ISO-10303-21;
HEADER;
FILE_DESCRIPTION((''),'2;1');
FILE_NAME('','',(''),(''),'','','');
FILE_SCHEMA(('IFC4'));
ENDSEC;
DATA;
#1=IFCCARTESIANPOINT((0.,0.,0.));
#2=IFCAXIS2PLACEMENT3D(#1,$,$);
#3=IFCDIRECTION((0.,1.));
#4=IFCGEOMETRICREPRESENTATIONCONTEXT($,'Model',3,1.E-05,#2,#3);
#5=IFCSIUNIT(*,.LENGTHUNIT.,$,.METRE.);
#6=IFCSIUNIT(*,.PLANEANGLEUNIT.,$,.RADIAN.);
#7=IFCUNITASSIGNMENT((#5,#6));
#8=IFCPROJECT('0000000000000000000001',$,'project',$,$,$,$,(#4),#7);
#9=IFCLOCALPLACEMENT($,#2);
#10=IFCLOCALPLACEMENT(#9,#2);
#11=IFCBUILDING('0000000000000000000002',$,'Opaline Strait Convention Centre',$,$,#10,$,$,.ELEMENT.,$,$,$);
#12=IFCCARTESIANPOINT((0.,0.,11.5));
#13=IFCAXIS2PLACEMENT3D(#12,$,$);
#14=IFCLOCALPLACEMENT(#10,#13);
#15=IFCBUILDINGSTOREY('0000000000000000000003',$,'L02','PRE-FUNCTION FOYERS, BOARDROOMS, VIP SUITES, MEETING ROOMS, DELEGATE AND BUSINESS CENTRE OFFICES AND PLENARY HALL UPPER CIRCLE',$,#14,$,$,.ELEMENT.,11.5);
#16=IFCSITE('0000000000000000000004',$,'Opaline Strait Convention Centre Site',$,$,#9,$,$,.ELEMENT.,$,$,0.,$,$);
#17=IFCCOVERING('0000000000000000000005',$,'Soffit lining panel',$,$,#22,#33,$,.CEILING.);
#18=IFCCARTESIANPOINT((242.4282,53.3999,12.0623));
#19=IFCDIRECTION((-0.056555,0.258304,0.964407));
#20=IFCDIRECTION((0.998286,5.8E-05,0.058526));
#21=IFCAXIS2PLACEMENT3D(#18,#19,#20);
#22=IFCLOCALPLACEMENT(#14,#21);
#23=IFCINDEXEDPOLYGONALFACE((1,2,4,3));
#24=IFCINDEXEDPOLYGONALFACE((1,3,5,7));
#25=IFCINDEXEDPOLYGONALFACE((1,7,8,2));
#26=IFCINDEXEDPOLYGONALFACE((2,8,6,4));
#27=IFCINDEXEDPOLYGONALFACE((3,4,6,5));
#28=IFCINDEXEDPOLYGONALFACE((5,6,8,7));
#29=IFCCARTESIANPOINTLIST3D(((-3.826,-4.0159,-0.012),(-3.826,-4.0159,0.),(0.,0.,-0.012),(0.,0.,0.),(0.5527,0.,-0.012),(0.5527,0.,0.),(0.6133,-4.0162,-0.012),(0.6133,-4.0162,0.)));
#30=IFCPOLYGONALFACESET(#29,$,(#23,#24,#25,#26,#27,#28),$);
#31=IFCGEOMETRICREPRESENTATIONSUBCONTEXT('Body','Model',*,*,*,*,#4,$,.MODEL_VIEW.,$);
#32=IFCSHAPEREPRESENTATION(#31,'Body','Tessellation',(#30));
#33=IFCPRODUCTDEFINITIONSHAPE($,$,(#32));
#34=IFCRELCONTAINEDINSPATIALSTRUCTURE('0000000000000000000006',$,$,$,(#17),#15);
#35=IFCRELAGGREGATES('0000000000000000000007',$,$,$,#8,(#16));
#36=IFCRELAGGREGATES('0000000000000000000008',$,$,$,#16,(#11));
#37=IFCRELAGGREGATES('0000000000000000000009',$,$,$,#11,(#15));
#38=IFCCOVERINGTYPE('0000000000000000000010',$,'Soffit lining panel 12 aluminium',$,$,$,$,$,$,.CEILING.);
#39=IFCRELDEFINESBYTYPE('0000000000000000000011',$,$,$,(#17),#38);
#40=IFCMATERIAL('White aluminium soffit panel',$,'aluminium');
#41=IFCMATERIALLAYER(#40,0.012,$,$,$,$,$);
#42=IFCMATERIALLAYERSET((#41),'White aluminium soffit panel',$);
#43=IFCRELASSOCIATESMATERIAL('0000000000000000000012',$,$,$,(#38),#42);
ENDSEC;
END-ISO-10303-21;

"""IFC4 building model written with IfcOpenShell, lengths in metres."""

from ifc_helpers import new_model, si_unit, direction, frame, origin, place, context, subcontext, project, spatial, polyline, outline, extrude, material, layer, layer_set, type_object, element, save


model = new_model("IFC4")

# Units and contexts
model_context = context("Model", 3, precision=1e-05, world=origin(), true_north=direction((0.0, 1.0)))
body_context = subcontext(model_context, "Body", "Model", "MODEL_VIEW")
ifc_project = project(units=[si_unit("LENGTHUNIT", "METRE"), si_unit("PLANEANGLEUNIT", "RADIAN")], contexts=[model_context])

# Site, building, storey
site_placement = place(None, origin())
site = spatial("IfcSite", under=ifc_project, at=site_placement, Name="Opaline Strait Convention Centre Site", CompositionType="ELEMENT", RefElevation=0.0)
building_placement = place(site_placement, origin())
building = spatial("IfcBuilding", under=site, at=building_placement, Name="Opaline Strait Convention Centre", CompositionType="ELEMENT")
storey_placement = place(building_placement, frame((0.0, 0.0, 11.5)))
storey = spatial("IfcBuildingStorey", under=building, at=storey_placement, Name="L02", Description="PRE-FUNCTION FOYERS, BOARDROOMS, VIP SUITES, MEETING ROOMS, DELEGATE AND BUSINESS CENTRE OFFICES AND PLENARY HALL UPPER CIRCLE", CompositionType="ELEMENT", Elevation=11.5)

# Covering
ifc_material_1 = material(Name="White aluminium soffit panel", Category="aluminium")
ifc_layer = layer(ifc_material_1, 0.012)
ifc_layer_set = layer_set([ifc_layer], Name="White aluminium soffit panel")
covering_type_1 = type_object("IfcCoveringType", Name="Soffit lining panel 12 aluminium", PredefinedType="CEILING", material=ifc_layer_set)
covering_1_placement = place(storey_placement, frame((242.4282, 53.3999, 12.0623), z_axis=(-0.056555, 0.258304, 0.964407), x_axis=(0.998286, 0.000058, 0.058526)))
element("IfcCovering", 1, at=covering_1_placement, inside=storey, type_object=covering_type_1, Name="Soffit lining panel", PredefinedType="CEILING", context=body_context, shape_type="SweptSolid", body=[
    extrude(outline(polyline([(0.0, 0.0), (0.5527, 0.0), (0.6133, -4.0162), (-3.826, -4.0159), (0.0, 0.0)])), origin(), (0.0, 0.0, -1.0), 0.012),
])

save(model, "model.ifc")
